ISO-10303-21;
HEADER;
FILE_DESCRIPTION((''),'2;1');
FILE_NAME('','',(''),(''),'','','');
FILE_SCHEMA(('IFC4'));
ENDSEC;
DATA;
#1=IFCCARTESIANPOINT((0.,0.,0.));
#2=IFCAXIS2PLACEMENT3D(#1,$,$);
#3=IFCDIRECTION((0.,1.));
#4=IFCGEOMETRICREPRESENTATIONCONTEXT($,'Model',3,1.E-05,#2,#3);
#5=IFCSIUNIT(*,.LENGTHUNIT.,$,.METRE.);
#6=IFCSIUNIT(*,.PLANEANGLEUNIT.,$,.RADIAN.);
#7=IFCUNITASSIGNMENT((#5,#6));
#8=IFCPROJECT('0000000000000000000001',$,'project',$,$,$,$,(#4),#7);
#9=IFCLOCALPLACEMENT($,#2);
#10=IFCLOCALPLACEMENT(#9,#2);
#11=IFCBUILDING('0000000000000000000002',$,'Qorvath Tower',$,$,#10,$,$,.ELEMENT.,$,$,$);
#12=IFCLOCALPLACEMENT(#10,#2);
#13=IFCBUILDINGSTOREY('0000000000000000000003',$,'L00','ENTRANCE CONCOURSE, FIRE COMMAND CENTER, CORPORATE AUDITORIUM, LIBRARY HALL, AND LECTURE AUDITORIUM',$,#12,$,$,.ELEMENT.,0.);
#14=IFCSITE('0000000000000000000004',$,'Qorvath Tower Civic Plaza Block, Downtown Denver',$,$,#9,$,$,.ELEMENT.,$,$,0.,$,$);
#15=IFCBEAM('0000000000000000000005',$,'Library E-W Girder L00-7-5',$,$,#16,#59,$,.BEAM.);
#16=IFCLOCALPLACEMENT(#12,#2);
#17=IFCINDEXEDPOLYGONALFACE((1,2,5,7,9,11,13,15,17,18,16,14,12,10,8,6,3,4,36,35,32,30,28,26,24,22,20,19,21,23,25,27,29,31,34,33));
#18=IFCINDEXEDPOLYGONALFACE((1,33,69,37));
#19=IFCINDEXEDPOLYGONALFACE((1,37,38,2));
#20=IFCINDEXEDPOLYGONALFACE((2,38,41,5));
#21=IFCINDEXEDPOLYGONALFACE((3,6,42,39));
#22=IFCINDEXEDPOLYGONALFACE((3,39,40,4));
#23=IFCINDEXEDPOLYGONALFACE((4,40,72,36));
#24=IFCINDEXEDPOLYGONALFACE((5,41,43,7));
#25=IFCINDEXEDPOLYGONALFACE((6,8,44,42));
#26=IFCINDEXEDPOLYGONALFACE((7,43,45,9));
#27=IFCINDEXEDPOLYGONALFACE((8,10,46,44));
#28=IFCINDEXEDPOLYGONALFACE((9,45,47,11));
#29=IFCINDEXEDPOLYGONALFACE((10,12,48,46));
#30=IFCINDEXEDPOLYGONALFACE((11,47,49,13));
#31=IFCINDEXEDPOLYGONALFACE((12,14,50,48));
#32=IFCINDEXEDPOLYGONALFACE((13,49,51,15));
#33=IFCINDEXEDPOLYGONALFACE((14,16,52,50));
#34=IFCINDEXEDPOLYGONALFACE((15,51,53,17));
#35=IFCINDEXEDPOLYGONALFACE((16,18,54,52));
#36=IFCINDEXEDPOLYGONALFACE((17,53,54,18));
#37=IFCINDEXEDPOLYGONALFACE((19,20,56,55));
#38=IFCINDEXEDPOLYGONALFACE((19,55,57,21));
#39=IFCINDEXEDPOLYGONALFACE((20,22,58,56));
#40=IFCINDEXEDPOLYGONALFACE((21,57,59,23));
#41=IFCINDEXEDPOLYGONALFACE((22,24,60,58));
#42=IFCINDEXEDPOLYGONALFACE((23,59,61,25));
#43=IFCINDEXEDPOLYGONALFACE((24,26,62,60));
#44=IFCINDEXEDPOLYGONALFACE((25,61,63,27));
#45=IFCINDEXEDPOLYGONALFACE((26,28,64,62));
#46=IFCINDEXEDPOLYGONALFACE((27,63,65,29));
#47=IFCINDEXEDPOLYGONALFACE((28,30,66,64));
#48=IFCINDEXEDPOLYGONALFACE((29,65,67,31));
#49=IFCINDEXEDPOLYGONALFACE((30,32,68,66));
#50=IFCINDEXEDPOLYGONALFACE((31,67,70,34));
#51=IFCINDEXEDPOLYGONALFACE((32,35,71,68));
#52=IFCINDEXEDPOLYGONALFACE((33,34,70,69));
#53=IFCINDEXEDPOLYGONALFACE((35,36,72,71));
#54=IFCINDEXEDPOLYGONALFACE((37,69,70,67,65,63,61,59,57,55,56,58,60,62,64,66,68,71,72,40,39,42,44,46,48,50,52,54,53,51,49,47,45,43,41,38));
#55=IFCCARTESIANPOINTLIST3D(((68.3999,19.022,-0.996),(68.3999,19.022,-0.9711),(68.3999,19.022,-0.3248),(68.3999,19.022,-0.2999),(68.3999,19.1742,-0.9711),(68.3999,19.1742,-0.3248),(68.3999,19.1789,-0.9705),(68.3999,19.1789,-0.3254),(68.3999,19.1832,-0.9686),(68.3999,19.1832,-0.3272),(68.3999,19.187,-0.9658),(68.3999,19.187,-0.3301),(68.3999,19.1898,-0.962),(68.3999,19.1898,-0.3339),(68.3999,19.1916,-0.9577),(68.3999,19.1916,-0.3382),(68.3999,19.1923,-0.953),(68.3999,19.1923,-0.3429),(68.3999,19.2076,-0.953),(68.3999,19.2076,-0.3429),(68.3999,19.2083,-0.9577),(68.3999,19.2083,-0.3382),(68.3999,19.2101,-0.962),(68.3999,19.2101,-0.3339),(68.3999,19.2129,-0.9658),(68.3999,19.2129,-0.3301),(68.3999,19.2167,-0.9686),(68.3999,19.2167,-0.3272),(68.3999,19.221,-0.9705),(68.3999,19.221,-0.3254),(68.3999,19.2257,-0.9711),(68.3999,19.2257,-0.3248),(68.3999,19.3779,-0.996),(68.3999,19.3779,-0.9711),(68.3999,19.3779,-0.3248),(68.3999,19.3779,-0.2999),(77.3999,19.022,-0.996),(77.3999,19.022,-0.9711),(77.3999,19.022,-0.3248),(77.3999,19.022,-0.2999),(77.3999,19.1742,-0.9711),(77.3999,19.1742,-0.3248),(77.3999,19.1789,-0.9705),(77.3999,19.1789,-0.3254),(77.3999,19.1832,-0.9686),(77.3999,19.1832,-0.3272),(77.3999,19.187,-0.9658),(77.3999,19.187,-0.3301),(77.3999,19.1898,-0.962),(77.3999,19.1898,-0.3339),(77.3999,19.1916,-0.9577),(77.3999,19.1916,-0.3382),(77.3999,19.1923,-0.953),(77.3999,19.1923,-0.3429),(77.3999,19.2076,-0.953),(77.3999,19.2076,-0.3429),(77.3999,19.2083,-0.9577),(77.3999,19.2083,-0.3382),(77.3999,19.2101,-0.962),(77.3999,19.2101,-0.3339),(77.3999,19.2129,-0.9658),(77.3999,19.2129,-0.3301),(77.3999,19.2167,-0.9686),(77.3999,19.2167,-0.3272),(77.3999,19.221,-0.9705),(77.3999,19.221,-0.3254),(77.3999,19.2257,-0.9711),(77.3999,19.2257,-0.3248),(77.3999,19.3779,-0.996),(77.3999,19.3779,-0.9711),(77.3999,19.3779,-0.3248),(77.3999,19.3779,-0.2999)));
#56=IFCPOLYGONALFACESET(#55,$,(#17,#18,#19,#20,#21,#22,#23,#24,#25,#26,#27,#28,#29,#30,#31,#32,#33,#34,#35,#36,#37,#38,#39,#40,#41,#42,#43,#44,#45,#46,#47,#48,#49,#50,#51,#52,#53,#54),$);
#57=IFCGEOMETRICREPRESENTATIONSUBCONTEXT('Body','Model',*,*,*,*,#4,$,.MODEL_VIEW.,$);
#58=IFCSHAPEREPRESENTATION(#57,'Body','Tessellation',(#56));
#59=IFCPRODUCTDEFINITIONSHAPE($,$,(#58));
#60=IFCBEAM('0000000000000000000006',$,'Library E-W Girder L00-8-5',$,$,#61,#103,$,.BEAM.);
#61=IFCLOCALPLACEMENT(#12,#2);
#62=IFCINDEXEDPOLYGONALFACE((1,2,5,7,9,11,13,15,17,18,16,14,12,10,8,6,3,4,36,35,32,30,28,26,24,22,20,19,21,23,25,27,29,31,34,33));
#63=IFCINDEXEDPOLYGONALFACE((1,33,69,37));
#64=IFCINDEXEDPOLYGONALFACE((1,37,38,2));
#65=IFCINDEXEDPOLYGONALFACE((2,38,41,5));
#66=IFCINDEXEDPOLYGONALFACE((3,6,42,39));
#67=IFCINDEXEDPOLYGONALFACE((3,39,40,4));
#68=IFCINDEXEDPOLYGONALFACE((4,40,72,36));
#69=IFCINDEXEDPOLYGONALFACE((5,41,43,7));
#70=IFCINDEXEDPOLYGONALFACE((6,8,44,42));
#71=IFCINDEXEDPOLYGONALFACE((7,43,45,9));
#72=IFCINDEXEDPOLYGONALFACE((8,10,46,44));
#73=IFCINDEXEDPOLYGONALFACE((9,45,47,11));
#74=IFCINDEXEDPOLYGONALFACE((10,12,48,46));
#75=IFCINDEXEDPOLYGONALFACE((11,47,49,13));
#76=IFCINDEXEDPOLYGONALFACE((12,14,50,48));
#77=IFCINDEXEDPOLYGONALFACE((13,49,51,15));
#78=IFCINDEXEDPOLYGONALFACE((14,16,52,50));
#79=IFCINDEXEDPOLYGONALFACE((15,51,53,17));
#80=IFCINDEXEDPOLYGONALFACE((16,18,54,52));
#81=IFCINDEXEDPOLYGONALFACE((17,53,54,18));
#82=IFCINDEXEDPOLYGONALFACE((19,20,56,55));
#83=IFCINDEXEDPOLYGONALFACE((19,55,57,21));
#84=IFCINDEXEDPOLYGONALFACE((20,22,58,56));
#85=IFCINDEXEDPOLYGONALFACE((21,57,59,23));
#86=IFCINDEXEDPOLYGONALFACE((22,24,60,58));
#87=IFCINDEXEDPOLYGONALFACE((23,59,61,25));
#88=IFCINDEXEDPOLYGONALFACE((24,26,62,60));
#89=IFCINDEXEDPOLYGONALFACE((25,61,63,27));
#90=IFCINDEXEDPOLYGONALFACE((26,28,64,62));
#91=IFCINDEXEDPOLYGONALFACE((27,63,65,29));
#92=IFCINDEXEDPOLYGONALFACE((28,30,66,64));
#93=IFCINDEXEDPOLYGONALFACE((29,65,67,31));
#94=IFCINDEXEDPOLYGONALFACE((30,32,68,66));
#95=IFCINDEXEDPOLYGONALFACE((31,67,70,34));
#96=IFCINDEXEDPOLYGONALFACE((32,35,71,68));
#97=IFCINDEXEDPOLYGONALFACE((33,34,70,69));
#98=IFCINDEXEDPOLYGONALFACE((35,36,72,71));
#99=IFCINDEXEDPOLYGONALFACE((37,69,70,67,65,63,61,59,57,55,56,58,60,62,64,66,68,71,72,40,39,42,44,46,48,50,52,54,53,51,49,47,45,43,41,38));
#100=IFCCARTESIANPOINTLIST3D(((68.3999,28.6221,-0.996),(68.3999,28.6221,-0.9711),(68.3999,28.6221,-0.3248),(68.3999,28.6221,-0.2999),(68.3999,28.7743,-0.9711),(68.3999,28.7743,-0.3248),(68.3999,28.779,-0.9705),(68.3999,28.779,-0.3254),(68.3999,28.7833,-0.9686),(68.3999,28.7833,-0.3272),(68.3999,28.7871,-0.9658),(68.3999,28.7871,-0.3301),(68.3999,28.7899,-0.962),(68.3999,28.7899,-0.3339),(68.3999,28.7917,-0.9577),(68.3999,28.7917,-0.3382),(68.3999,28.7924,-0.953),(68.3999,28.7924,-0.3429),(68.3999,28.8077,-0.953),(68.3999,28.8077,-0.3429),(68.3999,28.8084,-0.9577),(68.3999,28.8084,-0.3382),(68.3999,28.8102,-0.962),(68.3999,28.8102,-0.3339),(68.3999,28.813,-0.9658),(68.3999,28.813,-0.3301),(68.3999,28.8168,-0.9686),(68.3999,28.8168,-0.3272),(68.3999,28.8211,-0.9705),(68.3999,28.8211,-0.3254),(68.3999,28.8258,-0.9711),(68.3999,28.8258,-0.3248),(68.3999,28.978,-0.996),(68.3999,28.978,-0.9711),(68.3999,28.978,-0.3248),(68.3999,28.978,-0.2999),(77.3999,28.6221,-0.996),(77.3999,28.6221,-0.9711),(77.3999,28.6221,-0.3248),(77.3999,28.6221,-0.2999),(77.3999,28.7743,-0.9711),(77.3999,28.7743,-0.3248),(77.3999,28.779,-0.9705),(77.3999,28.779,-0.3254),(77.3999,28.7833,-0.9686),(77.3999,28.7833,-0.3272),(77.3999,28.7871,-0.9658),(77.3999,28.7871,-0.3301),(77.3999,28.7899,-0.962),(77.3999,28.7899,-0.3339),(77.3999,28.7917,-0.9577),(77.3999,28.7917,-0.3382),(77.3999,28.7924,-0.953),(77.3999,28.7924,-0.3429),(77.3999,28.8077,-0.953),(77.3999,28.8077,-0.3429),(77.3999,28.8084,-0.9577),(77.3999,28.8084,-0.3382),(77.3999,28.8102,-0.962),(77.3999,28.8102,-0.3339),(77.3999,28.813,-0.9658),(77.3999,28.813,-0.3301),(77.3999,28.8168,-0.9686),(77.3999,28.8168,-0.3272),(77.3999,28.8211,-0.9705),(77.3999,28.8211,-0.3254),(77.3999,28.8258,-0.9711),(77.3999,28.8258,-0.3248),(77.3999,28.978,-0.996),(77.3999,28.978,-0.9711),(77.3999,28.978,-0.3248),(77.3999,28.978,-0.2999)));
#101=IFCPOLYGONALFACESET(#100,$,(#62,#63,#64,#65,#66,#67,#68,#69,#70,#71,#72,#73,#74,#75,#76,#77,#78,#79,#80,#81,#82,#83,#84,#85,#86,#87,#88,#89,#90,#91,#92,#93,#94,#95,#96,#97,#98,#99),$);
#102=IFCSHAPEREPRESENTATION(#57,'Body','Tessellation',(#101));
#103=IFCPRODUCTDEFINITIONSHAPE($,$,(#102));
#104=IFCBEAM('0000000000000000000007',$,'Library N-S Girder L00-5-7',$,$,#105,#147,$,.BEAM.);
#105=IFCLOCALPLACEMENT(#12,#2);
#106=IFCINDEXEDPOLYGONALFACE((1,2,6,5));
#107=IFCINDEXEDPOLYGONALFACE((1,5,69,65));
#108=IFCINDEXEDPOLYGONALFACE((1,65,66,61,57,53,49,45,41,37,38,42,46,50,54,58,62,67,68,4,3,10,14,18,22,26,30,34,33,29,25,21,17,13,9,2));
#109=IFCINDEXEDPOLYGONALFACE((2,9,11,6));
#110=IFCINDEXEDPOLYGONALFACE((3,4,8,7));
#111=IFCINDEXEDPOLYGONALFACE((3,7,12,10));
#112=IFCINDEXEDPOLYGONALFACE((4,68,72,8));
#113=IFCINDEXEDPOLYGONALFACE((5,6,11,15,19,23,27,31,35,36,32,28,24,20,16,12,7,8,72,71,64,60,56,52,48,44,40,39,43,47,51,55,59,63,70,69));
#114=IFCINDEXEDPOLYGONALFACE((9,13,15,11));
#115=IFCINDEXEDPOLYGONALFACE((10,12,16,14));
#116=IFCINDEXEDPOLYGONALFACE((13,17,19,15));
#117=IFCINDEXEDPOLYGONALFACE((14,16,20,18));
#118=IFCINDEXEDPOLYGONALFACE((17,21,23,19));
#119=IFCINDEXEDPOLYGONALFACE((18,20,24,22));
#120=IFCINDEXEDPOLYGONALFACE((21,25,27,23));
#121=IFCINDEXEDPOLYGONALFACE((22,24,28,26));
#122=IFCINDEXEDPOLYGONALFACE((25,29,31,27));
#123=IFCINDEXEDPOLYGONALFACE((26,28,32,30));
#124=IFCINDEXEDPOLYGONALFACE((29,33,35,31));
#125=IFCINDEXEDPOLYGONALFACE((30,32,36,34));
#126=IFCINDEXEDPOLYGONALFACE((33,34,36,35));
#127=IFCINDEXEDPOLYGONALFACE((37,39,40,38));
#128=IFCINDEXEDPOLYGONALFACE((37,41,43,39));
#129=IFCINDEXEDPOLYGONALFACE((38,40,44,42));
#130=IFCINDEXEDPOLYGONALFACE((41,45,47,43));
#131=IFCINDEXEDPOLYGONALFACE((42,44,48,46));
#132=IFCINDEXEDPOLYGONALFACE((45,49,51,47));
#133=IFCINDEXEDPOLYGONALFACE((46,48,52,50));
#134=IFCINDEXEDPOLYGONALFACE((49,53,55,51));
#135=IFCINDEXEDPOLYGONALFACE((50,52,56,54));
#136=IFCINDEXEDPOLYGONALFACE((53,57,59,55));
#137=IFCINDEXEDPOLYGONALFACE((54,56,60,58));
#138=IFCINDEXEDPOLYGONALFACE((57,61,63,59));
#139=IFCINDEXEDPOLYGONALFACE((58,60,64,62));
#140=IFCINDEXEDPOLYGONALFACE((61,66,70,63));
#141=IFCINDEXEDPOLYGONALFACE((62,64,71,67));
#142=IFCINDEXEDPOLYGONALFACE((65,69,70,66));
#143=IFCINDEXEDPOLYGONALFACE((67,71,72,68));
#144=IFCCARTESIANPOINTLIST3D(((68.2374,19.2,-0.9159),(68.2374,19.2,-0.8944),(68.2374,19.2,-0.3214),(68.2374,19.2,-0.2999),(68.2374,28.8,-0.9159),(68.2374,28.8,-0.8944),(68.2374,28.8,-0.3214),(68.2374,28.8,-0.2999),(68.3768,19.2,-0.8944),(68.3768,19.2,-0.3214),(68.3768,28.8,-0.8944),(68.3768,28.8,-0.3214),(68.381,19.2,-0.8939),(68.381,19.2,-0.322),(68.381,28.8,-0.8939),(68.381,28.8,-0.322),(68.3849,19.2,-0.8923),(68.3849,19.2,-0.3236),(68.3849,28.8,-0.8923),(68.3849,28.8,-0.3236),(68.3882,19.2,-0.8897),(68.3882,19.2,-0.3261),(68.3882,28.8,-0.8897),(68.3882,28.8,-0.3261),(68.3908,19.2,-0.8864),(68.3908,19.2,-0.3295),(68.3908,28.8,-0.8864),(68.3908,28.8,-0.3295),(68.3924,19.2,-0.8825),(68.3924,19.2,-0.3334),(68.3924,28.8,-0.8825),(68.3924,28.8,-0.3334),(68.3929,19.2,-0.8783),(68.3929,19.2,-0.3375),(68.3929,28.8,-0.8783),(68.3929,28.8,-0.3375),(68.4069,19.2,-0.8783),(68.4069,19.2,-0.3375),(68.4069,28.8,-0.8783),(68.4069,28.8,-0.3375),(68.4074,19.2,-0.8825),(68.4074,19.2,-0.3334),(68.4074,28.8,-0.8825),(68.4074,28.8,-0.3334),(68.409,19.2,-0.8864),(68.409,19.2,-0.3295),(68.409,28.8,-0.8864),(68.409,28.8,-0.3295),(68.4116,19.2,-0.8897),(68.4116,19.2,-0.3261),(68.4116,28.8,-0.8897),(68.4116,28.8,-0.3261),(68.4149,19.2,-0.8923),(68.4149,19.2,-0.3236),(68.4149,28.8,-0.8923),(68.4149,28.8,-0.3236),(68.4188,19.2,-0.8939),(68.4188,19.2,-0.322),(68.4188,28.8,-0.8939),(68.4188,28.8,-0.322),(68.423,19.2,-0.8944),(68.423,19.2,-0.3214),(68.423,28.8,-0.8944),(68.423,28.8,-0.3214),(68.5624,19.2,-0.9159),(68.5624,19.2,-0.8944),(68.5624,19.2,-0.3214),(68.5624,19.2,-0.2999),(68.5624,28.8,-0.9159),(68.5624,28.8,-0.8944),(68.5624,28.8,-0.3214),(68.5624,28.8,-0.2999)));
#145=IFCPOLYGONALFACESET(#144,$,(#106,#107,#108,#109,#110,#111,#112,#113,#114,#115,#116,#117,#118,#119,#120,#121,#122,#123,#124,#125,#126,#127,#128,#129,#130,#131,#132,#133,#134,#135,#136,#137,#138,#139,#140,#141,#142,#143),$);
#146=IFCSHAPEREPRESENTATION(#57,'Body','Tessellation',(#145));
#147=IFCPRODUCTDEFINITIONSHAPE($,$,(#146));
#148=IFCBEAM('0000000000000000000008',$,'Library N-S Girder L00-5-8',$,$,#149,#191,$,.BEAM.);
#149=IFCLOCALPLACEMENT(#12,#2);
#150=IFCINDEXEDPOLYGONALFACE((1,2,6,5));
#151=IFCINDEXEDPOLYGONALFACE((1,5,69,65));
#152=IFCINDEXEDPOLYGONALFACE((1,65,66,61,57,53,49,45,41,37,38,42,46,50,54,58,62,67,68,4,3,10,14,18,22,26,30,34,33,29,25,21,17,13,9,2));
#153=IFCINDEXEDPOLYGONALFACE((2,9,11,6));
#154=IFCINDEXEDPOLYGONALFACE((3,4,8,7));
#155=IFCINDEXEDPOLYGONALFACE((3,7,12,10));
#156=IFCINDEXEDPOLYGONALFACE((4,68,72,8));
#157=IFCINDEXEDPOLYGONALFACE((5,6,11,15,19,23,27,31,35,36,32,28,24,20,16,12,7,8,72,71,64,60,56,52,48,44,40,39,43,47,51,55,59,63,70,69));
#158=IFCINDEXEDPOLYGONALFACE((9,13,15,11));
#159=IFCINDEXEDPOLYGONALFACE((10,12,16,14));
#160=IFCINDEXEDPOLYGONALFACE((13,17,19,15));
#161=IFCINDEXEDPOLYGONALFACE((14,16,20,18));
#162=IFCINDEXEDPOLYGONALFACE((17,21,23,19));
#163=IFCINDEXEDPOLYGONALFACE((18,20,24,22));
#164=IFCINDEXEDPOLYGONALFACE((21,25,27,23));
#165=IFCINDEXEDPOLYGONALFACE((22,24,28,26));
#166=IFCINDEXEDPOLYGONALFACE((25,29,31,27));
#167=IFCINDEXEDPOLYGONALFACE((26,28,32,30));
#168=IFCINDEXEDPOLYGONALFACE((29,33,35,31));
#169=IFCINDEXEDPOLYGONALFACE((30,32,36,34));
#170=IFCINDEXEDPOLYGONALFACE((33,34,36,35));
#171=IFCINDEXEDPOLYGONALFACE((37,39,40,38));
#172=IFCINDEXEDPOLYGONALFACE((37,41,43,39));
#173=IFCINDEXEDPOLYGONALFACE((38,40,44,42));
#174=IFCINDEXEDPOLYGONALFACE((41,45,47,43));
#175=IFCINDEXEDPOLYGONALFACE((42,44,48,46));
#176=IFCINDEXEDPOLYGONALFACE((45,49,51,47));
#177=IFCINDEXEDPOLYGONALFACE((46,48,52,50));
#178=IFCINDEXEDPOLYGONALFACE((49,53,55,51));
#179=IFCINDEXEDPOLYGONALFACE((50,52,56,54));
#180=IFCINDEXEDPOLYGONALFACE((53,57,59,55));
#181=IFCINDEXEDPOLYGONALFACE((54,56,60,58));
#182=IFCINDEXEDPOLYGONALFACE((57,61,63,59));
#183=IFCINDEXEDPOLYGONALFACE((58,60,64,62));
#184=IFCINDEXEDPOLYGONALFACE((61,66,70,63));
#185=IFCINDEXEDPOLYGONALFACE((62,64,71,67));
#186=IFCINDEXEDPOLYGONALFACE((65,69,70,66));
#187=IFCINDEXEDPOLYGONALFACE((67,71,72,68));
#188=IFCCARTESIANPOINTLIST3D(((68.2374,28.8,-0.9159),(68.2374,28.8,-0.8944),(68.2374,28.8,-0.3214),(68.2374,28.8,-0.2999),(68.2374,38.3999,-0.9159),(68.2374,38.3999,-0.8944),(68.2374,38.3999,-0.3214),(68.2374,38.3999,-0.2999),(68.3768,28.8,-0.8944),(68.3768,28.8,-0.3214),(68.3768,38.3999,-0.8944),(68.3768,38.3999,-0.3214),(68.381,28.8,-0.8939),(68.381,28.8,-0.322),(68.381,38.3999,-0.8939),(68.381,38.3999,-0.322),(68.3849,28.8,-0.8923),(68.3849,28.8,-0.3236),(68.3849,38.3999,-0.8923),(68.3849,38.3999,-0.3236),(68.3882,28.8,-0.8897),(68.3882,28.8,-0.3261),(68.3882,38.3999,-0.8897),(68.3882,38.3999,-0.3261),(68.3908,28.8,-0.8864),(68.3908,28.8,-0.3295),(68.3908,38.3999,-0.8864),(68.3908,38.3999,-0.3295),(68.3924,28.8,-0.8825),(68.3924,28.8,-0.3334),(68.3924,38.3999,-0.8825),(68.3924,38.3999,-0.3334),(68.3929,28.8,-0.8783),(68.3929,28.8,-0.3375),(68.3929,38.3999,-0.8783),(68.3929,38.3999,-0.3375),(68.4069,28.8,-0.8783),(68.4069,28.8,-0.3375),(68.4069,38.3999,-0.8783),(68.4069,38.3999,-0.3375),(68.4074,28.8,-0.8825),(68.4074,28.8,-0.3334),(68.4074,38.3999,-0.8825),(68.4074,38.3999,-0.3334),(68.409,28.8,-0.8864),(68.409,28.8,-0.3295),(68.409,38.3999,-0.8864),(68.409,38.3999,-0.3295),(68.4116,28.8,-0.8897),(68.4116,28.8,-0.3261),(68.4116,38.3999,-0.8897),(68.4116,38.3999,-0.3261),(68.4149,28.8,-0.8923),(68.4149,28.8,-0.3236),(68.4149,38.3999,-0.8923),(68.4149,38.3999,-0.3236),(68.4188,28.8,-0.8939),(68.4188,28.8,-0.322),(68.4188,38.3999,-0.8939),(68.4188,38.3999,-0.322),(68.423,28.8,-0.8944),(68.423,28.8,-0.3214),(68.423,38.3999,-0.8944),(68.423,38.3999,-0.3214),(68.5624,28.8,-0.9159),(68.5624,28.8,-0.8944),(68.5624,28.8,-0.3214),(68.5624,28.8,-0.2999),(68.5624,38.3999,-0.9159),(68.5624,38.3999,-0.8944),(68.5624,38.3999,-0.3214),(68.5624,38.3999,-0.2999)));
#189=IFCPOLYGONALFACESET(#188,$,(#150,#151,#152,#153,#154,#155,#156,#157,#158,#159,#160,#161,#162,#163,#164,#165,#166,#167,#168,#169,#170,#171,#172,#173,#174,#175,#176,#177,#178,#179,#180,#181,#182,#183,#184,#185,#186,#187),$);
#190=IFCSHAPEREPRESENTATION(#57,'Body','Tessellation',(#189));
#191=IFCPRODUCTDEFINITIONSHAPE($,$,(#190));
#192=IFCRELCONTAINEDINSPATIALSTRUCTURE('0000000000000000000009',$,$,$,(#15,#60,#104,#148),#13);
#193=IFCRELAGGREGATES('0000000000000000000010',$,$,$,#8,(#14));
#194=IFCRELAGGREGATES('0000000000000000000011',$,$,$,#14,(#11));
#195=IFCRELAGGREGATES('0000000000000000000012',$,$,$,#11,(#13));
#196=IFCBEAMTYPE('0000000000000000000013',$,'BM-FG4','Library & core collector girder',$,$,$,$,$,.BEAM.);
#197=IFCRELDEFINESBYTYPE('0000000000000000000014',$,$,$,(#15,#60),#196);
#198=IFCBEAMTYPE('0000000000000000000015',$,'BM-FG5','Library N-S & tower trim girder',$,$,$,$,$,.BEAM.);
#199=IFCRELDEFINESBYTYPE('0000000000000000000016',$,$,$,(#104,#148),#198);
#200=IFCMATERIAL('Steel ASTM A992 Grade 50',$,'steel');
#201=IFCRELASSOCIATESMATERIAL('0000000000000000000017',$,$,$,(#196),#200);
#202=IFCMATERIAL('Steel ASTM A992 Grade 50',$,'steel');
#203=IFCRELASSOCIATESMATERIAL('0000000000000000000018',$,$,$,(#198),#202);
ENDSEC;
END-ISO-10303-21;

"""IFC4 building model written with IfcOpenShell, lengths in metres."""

from ifc_helpers import new_model, si_unit, direction, frame, origin, origin_2d, place, context, subcontext, project, spatial, i_section, extrude, material, material_profile, profile_set, type_object, element, save


model = new_model("IFC4")

# Units and contexts
model_context = context("Model", 3, precision=1e-05, world=origin(), true_north=direction((0.0, 1.0)))
body_context = subcontext(model_context, "Body", "Model", "MODEL_VIEW")
ifc_project = project(units=[si_unit("LENGTHUNIT", "METRE"), si_unit("PLANEANGLEUNIT", "RADIAN")], contexts=[model_context])

# Site, building, storey
site_placement = place(None, origin())
site = spatial("IfcSite", under=ifc_project, at=site_placement, Name="Qorvath Tower Civic Plaza Block, Downtown Denver", CompositionType="ELEMENT", RefElevation=0.0)
building_placement = place(site_placement, origin())
building = spatial("IfcBuilding", under=site, at=building_placement, Name="Qorvath Tower", CompositionType="ELEMENT")
storey_placement = place(building_placement, origin())
storey = spatial("IfcBuildingStorey", under=building, at=storey_placement, Name="L00", Description="ENTRANCE CONCOURSE, FIRE COMMAND CENTER, CORPORATE AUDITORIUM, LIBRARY HALL, AND LECTURE AUDITORIUM", CompositionType="ELEMENT", Elevation=0.0)

# Beams
ifc_material_1 = material(Name="Steel ASTM A992 Grade 50", Category="steel")
ifc_material_profile_1 = material_profile(ifc_material_1, i_section(OverallWidth=0.356, OverallDepth=0.696, WebThickness=0.0154, FlangeThickness=0.0249, FilletRadius=0.0181, at=origin_2d()), Name="W27x146")
ifc_profile_set_1 = profile_set([ifc_material_profile_1], Name="Steel ASTM A992 Grade 50")
beam_type_1 = type_object("IfcBeamType", Name="BM-FG4", Description="Library & core collector girder", PredefinedType="BEAM", material=ifc_profile_set_1)
for number, where, z_axis, x_axis, name in (
    (1, (68.3999, 19.2, -0.6479), (1.0, 0.0, 0.0), (0.0, 1.0, 0.0), "Library E-W Girder L00-7-5"),
    (2, (68.3999, 28.8, -0.6479), (1.0, 0.0, 0.0), (0.0, 1.0, 0.0), "Library E-W Girder L00-8-5"),
):
    element("IfcBeam", number, at=place(storey_placement, frame(where, z_axis=z_axis, x_axis=x_axis)), inside=storey, type_object=beam_type_1, Name=name, PredefinedType="BEAM", context=body_context, shape_type="SweptSolid", body=[
        extrude(i_section(OverallWidth=0.356, OverallDepth=0.696, WebThickness=0.0154, FlangeThickness=0.0249, FilletRadius=0.0181, at=origin_2d()), origin(), (0.0, 0.0, 1.0), 9.0),
    ])
ifc_material_2 = material(Name="Steel ASTM A992 Grade 50", Category="steel")
ifc_material_profile_2 = material_profile(ifc_material_2, i_section(OverallWidth=0.325, OverallDepth=0.616, WebThickness=0.0139, FlangeThickness=0.0215, FilletRadius=0.0161, at=origin_2d()), Name="W24x117")
ifc_profile_set_2 = profile_set([ifc_material_profile_2], Name="Steel ASTM A992 Grade 50")
beam_type_2 = type_object("IfcBeamType", Name="BM-FG5", Description="Library N-S & tower trim girder", PredefinedType="BEAM", material=ifc_profile_set_2)
beam_1_placement = place(storey_placement, frame((68.3999, 19.2, -0.6079), z_axis=(0.0, 1.0, 0.0), x_axis=(-1.0, 0.0, 0.0)))
element("IfcBeam", 3, at=beam_1_placement, inside=storey, type_object=beam_type_2, Name="Library N-S Girder L00-5-7", PredefinedType="BEAM", context=body_context, shape_type="SweptSolid", body=[
    extrude(i_section(OverallWidth=0.325, OverallDepth=0.616, WebThickness=0.0139, FlangeThickness=0.0215, FilletRadius=0.0161, at=origin_2d()), origin(), (0.0, 0.0, 1.0), 9.6001),
])
beam_2_placement = place(storey_placement, frame((68.3999, 28.8, -0.6079), z_axis=(0.0, 1.0, 0.0), x_axis=(-1.0, 0.0, 0.0)))
element("IfcBeam", 4, at=beam_2_placement, inside=storey, type_object=beam_type_2, Name="Library N-S Girder L00-5-8", PredefinedType="BEAM", context=body_context, shape_type="SweptSolid", body=[
    extrude(i_section(OverallWidth=0.325, OverallDepth=0.616, WebThickness=0.0139, FlangeThickness=0.0215, FilletRadius=0.0161, at=origin_2d()), origin(), (0.0, 0.0, 1.0), 9.5999),
])

save(model, "model.ifc")
